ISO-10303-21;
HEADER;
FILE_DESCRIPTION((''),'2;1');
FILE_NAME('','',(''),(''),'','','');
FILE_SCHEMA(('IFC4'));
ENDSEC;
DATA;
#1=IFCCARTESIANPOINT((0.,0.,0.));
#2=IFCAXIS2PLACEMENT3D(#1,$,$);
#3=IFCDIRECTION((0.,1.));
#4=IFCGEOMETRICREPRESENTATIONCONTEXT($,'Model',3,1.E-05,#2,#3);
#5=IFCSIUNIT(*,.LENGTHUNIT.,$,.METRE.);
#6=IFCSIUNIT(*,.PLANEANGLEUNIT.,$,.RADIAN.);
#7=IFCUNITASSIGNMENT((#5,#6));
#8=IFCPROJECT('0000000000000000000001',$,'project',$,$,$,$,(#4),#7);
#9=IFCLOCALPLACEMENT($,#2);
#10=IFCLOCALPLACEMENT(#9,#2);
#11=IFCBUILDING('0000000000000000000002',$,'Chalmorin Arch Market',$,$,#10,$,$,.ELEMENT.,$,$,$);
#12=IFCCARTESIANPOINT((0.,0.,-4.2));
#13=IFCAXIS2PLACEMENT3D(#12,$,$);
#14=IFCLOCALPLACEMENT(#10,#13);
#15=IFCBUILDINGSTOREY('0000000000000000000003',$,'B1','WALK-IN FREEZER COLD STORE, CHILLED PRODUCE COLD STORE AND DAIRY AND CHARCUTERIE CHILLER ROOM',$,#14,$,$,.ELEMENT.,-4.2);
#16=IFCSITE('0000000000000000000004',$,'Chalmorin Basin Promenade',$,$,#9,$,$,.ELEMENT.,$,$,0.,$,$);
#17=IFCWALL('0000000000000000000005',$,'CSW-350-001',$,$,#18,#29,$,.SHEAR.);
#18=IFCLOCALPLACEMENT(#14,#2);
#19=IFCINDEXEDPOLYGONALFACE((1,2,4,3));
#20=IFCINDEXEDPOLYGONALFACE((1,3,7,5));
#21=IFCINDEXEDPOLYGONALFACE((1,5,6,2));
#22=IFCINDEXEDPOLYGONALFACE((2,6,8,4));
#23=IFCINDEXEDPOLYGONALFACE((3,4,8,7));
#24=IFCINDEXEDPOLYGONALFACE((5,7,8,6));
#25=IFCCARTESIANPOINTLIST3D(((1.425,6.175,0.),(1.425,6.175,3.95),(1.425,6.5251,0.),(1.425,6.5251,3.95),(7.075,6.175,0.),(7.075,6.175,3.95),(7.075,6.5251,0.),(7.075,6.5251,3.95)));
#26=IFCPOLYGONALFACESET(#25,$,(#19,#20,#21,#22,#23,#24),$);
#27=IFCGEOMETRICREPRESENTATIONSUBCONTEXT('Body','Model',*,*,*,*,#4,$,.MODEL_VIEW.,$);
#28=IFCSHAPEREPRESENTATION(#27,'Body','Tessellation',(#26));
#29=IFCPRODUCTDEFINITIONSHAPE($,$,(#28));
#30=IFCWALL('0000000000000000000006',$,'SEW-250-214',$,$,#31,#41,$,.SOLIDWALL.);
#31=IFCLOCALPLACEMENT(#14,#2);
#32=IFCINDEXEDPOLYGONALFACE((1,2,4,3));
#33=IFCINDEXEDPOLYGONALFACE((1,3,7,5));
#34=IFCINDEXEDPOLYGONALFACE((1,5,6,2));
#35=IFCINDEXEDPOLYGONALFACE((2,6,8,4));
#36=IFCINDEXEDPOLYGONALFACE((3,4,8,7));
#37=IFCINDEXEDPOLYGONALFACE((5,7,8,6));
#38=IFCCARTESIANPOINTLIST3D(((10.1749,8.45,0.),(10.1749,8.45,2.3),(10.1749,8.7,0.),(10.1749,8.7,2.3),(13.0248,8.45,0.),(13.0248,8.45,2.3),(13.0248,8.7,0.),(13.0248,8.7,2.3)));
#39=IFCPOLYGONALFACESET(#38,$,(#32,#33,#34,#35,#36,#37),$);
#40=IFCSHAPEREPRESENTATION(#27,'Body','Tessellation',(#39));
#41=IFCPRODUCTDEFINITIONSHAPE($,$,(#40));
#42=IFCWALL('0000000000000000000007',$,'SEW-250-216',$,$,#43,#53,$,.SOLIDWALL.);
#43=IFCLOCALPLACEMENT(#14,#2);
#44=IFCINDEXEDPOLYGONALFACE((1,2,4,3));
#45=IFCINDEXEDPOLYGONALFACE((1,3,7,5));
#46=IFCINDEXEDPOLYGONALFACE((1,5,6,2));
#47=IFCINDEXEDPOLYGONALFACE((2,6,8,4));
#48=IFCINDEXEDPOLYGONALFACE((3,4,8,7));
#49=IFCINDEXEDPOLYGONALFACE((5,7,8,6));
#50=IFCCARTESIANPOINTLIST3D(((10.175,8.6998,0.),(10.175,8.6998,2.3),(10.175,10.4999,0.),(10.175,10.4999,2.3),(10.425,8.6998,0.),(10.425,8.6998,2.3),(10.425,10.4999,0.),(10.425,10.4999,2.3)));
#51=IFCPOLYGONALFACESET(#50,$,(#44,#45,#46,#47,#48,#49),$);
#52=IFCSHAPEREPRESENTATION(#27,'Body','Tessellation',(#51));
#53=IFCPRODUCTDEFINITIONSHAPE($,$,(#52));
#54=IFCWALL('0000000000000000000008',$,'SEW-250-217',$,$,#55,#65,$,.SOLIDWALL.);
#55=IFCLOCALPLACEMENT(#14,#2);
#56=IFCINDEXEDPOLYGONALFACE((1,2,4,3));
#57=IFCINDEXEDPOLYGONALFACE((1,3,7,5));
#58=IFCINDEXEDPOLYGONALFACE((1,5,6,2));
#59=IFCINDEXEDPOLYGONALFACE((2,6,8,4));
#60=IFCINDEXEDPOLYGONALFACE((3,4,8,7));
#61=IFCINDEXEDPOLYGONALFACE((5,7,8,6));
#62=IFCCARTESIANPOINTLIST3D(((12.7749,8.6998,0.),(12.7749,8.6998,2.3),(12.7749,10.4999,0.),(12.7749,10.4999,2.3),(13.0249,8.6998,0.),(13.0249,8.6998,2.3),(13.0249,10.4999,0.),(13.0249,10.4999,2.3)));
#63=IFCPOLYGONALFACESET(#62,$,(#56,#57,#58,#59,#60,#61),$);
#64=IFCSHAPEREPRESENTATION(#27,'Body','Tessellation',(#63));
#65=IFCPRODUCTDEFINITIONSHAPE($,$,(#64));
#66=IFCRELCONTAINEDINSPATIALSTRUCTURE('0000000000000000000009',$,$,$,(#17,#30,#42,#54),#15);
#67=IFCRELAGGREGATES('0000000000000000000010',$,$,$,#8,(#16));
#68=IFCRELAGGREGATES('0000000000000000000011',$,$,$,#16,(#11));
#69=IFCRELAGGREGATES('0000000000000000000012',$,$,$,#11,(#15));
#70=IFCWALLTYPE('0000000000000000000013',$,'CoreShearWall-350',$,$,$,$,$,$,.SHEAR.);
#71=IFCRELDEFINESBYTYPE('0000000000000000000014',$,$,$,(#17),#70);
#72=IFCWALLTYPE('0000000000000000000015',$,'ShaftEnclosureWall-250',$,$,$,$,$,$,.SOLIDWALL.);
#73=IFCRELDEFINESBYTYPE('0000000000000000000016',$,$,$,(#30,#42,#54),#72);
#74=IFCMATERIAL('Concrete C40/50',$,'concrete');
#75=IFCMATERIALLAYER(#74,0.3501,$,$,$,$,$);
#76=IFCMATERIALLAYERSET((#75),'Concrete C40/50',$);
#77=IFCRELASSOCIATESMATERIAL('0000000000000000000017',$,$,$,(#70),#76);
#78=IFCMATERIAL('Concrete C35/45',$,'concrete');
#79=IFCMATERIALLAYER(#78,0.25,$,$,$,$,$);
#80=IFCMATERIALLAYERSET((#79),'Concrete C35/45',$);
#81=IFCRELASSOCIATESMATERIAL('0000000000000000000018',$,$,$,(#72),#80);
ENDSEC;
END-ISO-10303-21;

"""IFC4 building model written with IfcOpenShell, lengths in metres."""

from ifc_helpers import new_model, si_unit, direction, frame, frame_2d, origin, place, context, subcontext, project, spatial, rectangle, extrude, material, layer, layer_set, type_object, element, save


model = new_model("IFC4")

# Units and contexts
model_context = context("Model", 3, precision=1e-05, world=origin(), true_north=direction((0.0, 1.0)))
body_context = subcontext(model_context, "Body", "Model", "MODEL_VIEW")
ifc_project = project(units=[si_unit("LENGTHUNIT", "METRE"), si_unit("PLANEANGLEUNIT", "RADIAN")], contexts=[model_context])

# Site, building, storey
site_placement = place(None, origin())
site = spatial("IfcSite", under=ifc_project, at=site_placement, Name="Chalmorin Basin Promenade", CompositionType="ELEMENT", RefElevation=0.0)
building_placement = place(site_placement, origin())
building = spatial("IfcBuilding", under=site, at=building_placement, Name="Chalmorin Arch Market", CompositionType="ELEMENT")
storey_placement = place(building_placement, frame((0.0, 0.0, -4.2)))
storey = spatial("IfcBuildingStorey", under=building, at=storey_placement, Name="B1", Description="WALK-IN FREEZER COLD STORE, CHILLED PRODUCE COLD STORE AND DAIRY AND CHARCUTERIE CHILLER ROOM", CompositionType="ELEMENT", Elevation=-4.2)

# Shared definitions
ifc_material_1 = material(Name="Concrete C40/50", Category="concrete")

# Walls
ifc_layer_1 = layer(ifc_material_1, 0.3501)
ifc_layer_set_1 = layer_set([ifc_layer_1], Name="Concrete C40/50")
wall_type_1 = type_object("IfcWallType", Name="CoreShearWall-350", PredefinedType="SHEAR", material=ifc_layer_set_1)
wall_1_placement = place(storey_placement, frame((7.075, 6.3501, 0.0), z_axis=(0.0, 0.0, 1.0), x_axis=(-1.0, 0.0, 0.0)))
element("IfcWall", 1, at=wall_1_placement, inside=storey, type_object=wall_type_1, Name="CSW-350-001", PredefinedType="SHEAR", context=body_context, shape_type="SweptSolid", body=[
    extrude(rectangle(XDim=5.6499, YDim=0.3501, at=frame_2d((2.825, 0.0))), origin(), (0.0, 0.0, 1.0), 3.95),
])
ifc_material_2 = material(Name="Concrete C35/45", Category="concrete")
ifc_layer_2 = layer(ifc_material_2, 0.25)
ifc_layer_set_2 = layer_set([ifc_layer_2], Name="Concrete C35/45")
wall_type_2 = type_object("IfcWallType", Name="ShaftEnclosureWall-250", PredefinedType="SOLIDWALL", material=ifc_layer_set_2)
wall_2_placement = place(storey_placement, frame((10.175, 8.575, 0.0), z_axis=(0.0, 0.0, 1.0), x_axis=(1.0, 0.0, 0.0)))
element("IfcWall", 2, at=wall_2_placement, inside=storey, type_object=wall_type_2, Name="SEW-250-214", PredefinedType="SOLIDWALL", context=body_context, shape_type="SweptSolid", body=[
    extrude(rectangle(XDim=2.8499, YDim=0.25, at=frame_2d((1.4248, 0.0))), origin(), (0.0, 0.0, 1.0), 2.3),
])
for number, where, z_axis, x_axis, name in (
    (3, (10.3, 8.7, 0.0), (0.0, 0.0, 1.0), (0.0, 1.0, 0.0), "SEW-250-216"),
    (4, (12.8999, 8.7, 0.0), (0.0, 0.0, 1.0), (0.0, 1.0, 0.0), "SEW-250-217"),
):
    element("IfcWall", number, at=place(storey_placement, frame(where, z_axis=z_axis, x_axis=x_axis)), inside=storey, type_object=wall_type_2, Name=name, PredefinedType="SOLIDWALL", context=body_context, shape_type="SweptSolid", body=[
        extrude(rectangle(XDim=1.8, YDim=0.25, at=frame_2d((0.8999, 0.0))), origin(), (0.0, 0.0, 1.0), 2.3),
    ])

save(model, "model.ifc")
